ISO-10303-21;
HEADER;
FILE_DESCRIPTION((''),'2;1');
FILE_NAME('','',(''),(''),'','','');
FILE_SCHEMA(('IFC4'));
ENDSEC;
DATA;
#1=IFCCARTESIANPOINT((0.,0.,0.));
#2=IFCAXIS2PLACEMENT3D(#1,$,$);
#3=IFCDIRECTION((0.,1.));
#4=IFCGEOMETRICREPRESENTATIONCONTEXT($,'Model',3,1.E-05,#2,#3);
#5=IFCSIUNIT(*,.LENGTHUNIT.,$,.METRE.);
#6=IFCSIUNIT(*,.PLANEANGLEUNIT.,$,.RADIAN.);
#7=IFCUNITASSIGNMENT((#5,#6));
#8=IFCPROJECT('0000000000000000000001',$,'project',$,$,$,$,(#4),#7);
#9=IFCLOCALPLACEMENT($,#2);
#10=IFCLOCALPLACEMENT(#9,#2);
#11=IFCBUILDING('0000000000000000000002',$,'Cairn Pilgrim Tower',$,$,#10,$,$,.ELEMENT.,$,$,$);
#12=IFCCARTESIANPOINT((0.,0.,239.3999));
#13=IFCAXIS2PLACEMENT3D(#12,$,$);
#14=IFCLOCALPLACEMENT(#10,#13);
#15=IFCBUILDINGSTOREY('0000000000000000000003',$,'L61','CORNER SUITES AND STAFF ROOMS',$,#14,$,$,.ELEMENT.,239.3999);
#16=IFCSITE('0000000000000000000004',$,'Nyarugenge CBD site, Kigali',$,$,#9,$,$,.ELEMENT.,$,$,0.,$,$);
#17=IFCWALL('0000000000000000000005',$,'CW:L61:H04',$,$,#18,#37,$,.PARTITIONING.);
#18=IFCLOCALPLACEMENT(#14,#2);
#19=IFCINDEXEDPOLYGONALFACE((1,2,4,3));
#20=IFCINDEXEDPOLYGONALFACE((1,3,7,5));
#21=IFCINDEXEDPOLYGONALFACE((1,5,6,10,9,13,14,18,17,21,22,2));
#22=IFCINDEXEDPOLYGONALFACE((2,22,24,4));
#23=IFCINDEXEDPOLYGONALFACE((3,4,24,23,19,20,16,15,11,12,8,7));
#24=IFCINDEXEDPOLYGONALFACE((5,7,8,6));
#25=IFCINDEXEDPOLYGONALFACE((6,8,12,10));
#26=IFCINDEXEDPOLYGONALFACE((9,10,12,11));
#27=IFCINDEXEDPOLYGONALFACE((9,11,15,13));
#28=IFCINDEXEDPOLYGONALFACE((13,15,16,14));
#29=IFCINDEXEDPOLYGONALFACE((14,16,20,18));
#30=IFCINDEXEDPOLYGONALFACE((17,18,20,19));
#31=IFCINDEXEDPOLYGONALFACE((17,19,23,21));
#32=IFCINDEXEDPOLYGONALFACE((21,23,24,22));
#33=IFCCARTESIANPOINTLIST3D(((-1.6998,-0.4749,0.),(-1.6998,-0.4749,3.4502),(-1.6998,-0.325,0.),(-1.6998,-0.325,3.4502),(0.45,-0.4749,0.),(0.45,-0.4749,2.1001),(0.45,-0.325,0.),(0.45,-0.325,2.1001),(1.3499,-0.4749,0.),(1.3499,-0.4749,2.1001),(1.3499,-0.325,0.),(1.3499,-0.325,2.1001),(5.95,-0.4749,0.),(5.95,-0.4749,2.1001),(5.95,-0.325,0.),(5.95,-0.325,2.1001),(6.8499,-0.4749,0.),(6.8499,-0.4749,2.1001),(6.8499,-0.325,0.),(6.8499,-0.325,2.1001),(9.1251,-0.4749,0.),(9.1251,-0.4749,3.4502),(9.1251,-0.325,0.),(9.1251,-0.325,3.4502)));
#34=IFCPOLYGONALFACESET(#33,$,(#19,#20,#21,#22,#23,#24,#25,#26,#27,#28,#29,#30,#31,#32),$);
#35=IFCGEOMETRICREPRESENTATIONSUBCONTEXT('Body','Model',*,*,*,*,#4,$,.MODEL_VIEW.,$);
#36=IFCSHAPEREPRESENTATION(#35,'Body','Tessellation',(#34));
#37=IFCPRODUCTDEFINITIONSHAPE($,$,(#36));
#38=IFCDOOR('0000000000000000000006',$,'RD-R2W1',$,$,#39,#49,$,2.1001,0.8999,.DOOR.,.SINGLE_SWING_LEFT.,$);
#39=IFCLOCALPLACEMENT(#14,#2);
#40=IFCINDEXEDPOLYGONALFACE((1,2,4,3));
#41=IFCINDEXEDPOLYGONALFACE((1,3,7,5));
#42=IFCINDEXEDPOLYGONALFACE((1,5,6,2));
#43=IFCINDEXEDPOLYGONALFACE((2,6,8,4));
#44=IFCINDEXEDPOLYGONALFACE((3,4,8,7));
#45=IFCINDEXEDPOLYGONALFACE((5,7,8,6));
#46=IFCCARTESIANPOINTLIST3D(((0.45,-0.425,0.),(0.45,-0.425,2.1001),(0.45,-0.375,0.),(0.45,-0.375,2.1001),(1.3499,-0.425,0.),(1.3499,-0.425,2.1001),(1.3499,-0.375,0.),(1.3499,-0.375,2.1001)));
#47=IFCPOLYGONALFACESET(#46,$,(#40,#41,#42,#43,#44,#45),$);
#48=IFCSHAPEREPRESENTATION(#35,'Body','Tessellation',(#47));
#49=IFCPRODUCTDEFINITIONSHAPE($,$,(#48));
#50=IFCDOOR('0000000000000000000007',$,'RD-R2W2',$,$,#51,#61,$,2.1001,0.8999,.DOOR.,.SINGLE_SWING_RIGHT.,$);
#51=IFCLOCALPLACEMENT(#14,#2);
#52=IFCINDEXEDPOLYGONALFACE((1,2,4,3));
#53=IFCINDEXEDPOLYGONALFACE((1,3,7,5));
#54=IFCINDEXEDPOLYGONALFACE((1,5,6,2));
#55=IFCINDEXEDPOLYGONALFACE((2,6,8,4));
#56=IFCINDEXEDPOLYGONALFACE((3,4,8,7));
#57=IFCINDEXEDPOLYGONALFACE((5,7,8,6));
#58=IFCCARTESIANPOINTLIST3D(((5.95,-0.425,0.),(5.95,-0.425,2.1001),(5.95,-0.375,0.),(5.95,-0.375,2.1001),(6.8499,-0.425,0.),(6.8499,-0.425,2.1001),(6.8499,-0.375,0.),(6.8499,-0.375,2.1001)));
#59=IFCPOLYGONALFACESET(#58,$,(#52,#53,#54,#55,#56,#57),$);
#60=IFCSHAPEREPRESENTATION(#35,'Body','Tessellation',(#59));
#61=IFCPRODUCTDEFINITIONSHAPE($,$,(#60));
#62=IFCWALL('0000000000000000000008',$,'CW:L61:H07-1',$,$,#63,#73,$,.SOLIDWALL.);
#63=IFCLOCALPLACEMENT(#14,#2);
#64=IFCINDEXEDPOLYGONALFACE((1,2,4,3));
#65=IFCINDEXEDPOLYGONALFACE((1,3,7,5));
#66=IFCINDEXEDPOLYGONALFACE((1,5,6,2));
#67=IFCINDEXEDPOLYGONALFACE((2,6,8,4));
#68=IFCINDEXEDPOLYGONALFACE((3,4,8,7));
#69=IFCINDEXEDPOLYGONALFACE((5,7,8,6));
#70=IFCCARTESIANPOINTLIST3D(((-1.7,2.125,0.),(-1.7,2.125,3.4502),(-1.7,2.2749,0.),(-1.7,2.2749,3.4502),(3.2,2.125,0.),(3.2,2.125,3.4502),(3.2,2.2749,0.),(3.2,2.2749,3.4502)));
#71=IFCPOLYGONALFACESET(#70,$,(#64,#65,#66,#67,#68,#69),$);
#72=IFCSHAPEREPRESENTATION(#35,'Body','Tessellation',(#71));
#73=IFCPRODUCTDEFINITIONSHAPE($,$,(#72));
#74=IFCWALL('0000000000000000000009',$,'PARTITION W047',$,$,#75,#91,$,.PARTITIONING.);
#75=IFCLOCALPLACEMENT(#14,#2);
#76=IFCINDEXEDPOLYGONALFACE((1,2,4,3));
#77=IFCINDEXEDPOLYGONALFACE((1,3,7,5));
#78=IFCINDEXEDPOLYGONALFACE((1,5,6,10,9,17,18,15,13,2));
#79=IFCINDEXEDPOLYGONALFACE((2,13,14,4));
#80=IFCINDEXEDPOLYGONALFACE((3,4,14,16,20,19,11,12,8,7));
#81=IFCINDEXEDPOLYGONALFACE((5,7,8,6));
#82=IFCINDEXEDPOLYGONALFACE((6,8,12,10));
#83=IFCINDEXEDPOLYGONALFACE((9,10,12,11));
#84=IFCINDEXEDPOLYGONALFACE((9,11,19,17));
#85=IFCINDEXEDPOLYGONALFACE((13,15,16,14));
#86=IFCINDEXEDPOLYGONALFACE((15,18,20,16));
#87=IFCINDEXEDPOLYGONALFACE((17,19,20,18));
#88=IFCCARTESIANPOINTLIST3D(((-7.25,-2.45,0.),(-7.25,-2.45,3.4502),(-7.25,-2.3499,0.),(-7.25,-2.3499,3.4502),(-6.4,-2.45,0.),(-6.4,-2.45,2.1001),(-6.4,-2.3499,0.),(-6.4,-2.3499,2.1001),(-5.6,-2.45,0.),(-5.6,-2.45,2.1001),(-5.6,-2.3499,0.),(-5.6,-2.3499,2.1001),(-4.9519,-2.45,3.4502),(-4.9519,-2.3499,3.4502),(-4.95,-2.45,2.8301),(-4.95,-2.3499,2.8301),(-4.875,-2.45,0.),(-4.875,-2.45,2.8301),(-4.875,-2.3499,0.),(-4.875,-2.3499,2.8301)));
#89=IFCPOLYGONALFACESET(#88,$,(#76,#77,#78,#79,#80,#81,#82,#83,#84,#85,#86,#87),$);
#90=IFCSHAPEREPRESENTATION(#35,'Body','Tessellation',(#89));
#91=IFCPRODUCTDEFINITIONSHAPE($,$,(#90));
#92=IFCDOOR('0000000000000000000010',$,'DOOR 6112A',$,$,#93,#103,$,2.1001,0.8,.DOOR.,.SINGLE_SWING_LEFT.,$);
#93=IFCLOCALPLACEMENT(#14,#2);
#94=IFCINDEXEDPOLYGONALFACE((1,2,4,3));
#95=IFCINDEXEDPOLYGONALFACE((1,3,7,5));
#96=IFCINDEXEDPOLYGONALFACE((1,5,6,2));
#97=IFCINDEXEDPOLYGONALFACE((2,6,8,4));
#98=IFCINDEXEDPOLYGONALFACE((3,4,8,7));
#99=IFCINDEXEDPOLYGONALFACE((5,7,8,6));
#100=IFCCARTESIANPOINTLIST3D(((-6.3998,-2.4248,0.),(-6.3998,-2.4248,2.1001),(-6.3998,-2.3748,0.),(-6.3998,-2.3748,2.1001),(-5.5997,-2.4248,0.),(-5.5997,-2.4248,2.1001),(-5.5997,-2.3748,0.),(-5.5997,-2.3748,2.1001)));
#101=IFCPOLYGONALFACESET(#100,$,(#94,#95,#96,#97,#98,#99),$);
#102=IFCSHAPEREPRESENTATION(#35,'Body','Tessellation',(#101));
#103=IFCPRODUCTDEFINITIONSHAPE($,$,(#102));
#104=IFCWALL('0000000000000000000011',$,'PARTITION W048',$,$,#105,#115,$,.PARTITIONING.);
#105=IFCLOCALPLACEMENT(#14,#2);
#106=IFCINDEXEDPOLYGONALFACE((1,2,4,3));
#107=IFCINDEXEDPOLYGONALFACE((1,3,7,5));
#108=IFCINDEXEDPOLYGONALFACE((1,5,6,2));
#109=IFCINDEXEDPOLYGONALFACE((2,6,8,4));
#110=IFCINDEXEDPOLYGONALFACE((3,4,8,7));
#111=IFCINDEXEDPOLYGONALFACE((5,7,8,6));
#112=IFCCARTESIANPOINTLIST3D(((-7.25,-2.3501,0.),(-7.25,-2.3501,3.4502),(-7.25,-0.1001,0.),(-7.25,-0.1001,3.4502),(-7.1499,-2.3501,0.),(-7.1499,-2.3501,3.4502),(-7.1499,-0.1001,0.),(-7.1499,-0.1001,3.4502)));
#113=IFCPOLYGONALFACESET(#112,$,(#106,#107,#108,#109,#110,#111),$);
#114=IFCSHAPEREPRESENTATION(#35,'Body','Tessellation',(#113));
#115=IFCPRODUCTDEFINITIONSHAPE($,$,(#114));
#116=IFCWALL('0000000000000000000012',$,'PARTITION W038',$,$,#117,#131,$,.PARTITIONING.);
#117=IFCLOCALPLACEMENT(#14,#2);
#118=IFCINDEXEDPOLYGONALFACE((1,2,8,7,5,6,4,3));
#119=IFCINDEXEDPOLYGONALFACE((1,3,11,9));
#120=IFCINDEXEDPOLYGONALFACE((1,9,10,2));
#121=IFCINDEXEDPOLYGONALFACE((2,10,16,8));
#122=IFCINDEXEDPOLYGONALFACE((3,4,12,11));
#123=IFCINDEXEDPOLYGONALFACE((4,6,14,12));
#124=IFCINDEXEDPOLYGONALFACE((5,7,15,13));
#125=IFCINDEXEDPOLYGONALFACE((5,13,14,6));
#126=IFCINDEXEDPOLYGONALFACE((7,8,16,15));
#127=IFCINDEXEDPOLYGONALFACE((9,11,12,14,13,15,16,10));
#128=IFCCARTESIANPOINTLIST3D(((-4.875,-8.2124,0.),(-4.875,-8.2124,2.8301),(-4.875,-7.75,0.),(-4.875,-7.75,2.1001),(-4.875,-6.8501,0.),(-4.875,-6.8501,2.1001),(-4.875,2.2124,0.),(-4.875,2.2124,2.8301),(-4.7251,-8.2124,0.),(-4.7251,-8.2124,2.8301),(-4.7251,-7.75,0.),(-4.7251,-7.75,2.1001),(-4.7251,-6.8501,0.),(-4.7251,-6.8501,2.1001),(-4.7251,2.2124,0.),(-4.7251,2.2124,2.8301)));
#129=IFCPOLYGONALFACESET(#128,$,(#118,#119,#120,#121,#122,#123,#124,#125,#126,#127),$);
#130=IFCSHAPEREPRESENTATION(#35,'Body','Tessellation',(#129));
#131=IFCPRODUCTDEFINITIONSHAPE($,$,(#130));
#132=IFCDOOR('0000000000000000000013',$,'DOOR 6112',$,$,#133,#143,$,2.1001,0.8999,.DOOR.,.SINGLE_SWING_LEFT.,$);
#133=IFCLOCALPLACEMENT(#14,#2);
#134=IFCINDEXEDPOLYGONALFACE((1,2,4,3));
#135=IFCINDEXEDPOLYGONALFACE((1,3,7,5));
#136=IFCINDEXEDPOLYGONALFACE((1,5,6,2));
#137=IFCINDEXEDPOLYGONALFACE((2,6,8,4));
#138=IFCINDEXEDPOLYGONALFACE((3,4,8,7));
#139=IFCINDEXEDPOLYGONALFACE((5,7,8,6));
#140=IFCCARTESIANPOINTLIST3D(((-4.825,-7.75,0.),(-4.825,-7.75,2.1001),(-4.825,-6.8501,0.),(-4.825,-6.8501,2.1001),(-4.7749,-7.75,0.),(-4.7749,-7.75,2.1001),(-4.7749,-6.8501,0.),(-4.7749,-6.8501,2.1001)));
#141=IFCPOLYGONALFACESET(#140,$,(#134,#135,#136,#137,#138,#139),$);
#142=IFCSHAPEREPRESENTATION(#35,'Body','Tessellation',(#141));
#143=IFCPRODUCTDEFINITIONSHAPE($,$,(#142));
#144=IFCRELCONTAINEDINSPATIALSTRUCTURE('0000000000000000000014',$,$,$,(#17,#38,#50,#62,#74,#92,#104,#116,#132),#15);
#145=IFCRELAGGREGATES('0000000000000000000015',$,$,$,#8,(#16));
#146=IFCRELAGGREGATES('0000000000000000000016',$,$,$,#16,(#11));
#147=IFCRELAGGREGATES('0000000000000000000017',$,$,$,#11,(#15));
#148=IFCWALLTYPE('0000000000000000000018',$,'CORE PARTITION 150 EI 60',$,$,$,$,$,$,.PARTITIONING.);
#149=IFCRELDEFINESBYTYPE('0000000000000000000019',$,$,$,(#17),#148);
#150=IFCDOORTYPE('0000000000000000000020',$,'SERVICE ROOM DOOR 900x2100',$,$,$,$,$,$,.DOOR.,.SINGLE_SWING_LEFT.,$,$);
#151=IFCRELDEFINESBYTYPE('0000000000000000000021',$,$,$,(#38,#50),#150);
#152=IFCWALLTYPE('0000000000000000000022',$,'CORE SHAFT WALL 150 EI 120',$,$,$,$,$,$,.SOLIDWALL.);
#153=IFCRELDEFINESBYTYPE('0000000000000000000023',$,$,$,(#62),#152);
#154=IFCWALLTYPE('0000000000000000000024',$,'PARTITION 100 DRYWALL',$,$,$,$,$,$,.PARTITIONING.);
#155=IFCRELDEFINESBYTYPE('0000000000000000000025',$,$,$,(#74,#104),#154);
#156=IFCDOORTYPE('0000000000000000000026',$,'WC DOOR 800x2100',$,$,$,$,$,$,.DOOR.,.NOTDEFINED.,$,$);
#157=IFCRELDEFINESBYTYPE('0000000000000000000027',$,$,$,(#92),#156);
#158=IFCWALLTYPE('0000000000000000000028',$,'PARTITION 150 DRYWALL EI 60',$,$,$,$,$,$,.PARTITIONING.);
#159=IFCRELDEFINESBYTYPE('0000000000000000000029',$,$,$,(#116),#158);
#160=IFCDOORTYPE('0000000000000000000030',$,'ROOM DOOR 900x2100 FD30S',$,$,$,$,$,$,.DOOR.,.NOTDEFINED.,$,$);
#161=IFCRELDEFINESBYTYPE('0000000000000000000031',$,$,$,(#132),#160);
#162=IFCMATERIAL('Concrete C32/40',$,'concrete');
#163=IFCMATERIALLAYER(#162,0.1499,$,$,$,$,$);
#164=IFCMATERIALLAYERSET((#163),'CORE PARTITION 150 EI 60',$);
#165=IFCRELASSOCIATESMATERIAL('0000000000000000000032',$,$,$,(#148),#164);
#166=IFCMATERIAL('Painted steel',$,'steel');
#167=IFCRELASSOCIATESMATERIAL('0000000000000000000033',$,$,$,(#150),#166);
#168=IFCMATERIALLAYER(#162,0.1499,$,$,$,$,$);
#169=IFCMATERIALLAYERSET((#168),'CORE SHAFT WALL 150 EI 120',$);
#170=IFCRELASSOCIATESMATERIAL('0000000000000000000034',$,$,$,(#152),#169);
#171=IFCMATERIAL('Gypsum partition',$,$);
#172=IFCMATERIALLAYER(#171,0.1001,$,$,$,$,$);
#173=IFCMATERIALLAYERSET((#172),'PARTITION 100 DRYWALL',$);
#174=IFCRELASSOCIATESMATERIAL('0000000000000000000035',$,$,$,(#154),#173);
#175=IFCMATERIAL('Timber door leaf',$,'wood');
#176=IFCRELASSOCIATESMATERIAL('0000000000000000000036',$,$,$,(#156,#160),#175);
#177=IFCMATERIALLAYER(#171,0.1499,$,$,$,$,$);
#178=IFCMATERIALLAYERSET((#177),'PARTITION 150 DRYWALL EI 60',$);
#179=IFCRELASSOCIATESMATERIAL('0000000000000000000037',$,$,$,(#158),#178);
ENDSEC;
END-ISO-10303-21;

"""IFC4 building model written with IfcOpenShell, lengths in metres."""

from ifc_helpers import new_model, si_unit, direction, frame, frame_2d, origin, place, context, subcontext, project, spatial, polyline, rectangle, outline, extrude, material, layer, layer_set, type_object, element, fill, save


model = new_model("IFC4")

# Units and contexts
model_context = context("Model", 3, precision=1e-05, world=origin(), true_north=direction((0.0, 1.0)))
body_context = subcontext(model_context, "Body", "Model", "MODEL_VIEW")
ifc_project = project(units=[si_unit("LENGTHUNIT", "METRE"), si_unit("PLANEANGLEUNIT", "RADIAN")], contexts=[model_context])

# Site, building, storey
site_placement = place(None, origin())
site = spatial("IfcSite", under=ifc_project, at=site_placement, Name="Nyarugenge CBD site, Kigali", CompositionType="ELEMENT", RefElevation=0.0)
building_placement = place(site_placement, origin())
building = spatial("IfcBuilding", under=site, at=building_placement, Name="Cairn Pilgrim Tower", CompositionType="ELEMENT")
storey_placement = place(building_placement, frame((0.0, 0.0, 239.3999)))
storey = spatial("IfcBuildingStorey", under=building, at=storey_placement, Name="L61", Description="CORNER SUITES AND STAFF ROOMS", CompositionType="ELEMENT", Elevation=239.3999)

# Shared definitions
ifc_material_1 = material(Name="Concrete C32/40", Category="concrete")

# Wall, openings, doors
ifc_material_2 = material(Name="Painted steel", Category="steel")
ifc_layer_1 = layer(ifc_material_1, 0.1499)
ifc_layer_set_1 = layer_set([ifc_layer_1], Name="CORE PARTITION 150 EI 60")
wall_type_1 = type_object("IfcWallType", Name="CORE PARTITION 150 EI 60", PredefinedType="PARTITIONING", material=ifc_layer_set_1)
door_type_1 = type_object("IfcDoorType", Name="SERVICE ROOM DOOR 900x2100", OperationType="SINGLE_SWING_LEFT", PredefinedType="DOOR", material=ifc_material_2)
wall_1_placement = place(storey_placement, frame((-1.7, -0.3999, 0.0), z_axis=(0.0, 0.0, 1.0), x_axis=(1.0, 0.0, 0.0)))
wall_1 = element("IfcWall", 1, at=wall_1_placement, inside=storey, type_object=wall_type_1, Name="CW:L61:H04", PredefinedType="PARTITIONING", context=body_context, shape_type="SweptSolid", body=[
    extrude(rectangle(XDim=10.825, YDim=0.1499, at=frame_2d((5.4126, 0.0))), origin(), (0.0, 0.0, 1.0), 3.4502),
])
opening_1_placement = place(wall_1_placement, frame((2.1499, 0.0, 0.0)))
opening_1 = element("IfcOpeningElement", 2, at=opening_1_placement, cuts=wall_1, PredefinedType="OPENING", context=body_context, shape_type="SweptSolid", body=[
    extrude(rectangle(XDim=0.8999, YDim=2.1001, at=frame_2d((0.45, 1.05))), frame((0.0, 0.085, 0.0), z_axis=(0.0, -1.0, 0.0), x_axis=(1.0, 0.0, 0.0)), (0.0, 0.0, 1.0), 0.1699),
])
opening_2_placement = place(wall_1_placement, frame((7.6499, 0.0, 0.0)))
opening_2 = element("IfcOpeningElement", 3, at=opening_2_placement, cuts=wall_1, PredefinedType="OPENING", context=body_context, shape_type="SweptSolid", body=[
    extrude(rectangle(XDim=0.8999, YDim=2.1001, at=frame_2d((0.45, 1.05))), frame((0.0, 0.085, 0.0), z_axis=(0.0, -1.0, 0.0), x_axis=(1.0, 0.0, 0.0)), (0.0, 0.0, 1.0), 0.1699),
])
door_1_placement = place(opening_1_placement, origin())
door_1 = element("IfcDoor", 4, at=door_1_placement, inside=storey, type_object=door_type_1, Name="RD-R2W1", OperationType="SINGLE_SWING_LEFT", OverallHeight=2.1001, OverallWidth=0.8999, PredefinedType="DOOR", context=body_context, shape_type="SweptSolid", body=[
    extrude(rectangle(XDim=0.8999, YDim=2.1001, at=frame_2d((0.45, 1.05))), frame((0.0, 0.0249, 0.0), z_axis=(0.0, -1.0, 0.0), x_axis=(1.0, 0.0, 0.0)), (0.0, 0.0, 1.0), 0.05),
])
fill(opening_1, door_1)
door_2_placement = place(opening_2_placement, origin())
door_2 = element("IfcDoor", 5, at=door_2_placement, inside=storey, type_object=door_type_1, Name="RD-R2W2", OperationType="SINGLE_SWING_RIGHT", OverallHeight=2.1001, OverallWidth=0.8999, PredefinedType="DOOR", context=body_context, shape_type="SweptSolid", body=[
    extrude(rectangle(XDim=0.8999, YDim=2.1001, at=frame_2d((0.45, 1.05))), frame((0.0, 0.0249, 0.0), z_axis=(0.0, -1.0, 0.0), x_axis=(1.0, 0.0, 0.0)), (0.0, 0.0, 1.0), 0.05),
])
fill(opening_2, door_2)

# Wall
ifc_layer_2 = layer(ifc_material_1, 0.1499)
ifc_layer_set_2 = layer_set([ifc_layer_2], Name="CORE SHAFT WALL 150 EI 120")
wall_type_2 = type_object("IfcWallType", Name="CORE SHAFT WALL 150 EI 120", PredefinedType="SOLIDWALL", material=ifc_layer_set_2)
wall_2_placement = place(storey_placement, frame((-1.7, 2.2, 0.0), z_axis=(0.0, 0.0, 1.0), x_axis=(1.0, 0.0, 0.0)))
element("IfcWall", 6, at=wall_2_placement, inside=storey, type_object=wall_type_2, Name="CW:L61:H07-1", PredefinedType="SOLIDWALL", context=body_context, shape_type="SweptSolid", body=[
    extrude(rectangle(XDim=4.8999, YDim=0.1499, at=frame_2d((2.45, 0.0))), origin(), (0.0, 0.0, 1.0), 3.4502),
])

# Wall, opening, door
ifc_material_3 = material(Name="Gypsum partition")
ifc_layer_3 = layer(ifc_material_3, 0.1001)
ifc_layer_set_3 = layer_set([ifc_layer_3], Name="PARTITION 100 DRYWALL")
wall_type_3 = type_object("IfcWallType", Name="PARTITION 100 DRYWALL", PredefinedType="PARTITIONING", material=ifc_layer_set_3)
wall_3_placement = place(storey_placement, frame((-7.25, -2.3999, 0.0), z_axis=(0.0, 0.0, 1.0), x_axis=(1.0, 0.0, 0.0)))
wall_3 = element("IfcWall", 7, at=wall_3_placement, inside=storey, type_object=wall_type_3, Name="PARTITION W047", PredefinedType="PARTITIONING", context=body_context, shape_type="SweptSolid", body=[
    extrude(outline(polyline([(0.0, 0.0), (2.375, 0.0), (2.375, 2.8301), (2.3, 2.8301), (2.2981, 3.4502), (0.0, 3.4502), (0.0, 0.0)])), frame((0.0, 0.05, 0.0), z_axis=(0.0, -1.0, 0.0), x_axis=(1.0, 0.0, 0.0)), (0.0, 0.0, 1.0), 0.1001),
])
opening_3_placement = place(wall_3_placement, frame((0.8501, 0.0, 0.0)))
opening_3 = element("IfcOpeningElement", 8, at=opening_3_placement, cuts=wall_3, PredefinedType="OPENING", context=body_context, shape_type="SweptSolid", body=[
    extrude(rectangle(XDim=0.8, YDim=2.1001, at=frame_2d((0.3999, 1.05))), frame((0.0, 0.0601, 0.0), z_axis=(0.0, -1.0, 0.0), x_axis=(1.0, 0.0, 0.0)), (0.0, 0.0, 1.0), 0.1201),
])
ifc_material_4 = material(Name="Timber door leaf", Category="wood")
door_type_2 = type_object("IfcDoorType", Name="WC DOOR 800x2100", OperationType="NOTDEFINED", PredefinedType="DOOR", material=ifc_material_4)
door_3_placement = place(opening_3_placement, frame((0.8, 0.0, 0.0), z_axis=(0.0, 0.0, 1.0), x_axis=(-1.0, 0.0, 0.0)))
door_3 = element("IfcDoor", 9, at=door_3_placement, inside=storey, type_object=door_type_2, Name="DOOR 6112A", OperationType="SINGLE_SWING_LEFT", OverallHeight=2.1001, OverallWidth=0.8, PredefinedType="DOOR", context=body_context, shape_type="SweptSolid", body=[
    extrude(rectangle(XDim=0.8, YDim=2.1001, at=frame_2d((0.3999, 1.05))), frame((0.0, 0.0249, 0.0), z_axis=(0.0, -1.0, 0.0), x_axis=(1.0, 0.0, 0.0)), (0.0, 0.0, 1.0), 0.05),
])
fill(opening_3, door_3)

# Wall
wall_4_placement = place(storey_placement, frame((-7.2, -2.3501, 0.0), z_axis=(0.0, 0.0, 1.0), x_axis=(0.0, 1.0, 0.0)))
element("IfcWall", 10, at=wall_4_placement, inside=storey, type_object=wall_type_3, Name="PARTITION W048", PredefinedType="PARTITIONING", context=body_context, shape_type="SweptSolid", body=[
    extrude(rectangle(XDim=2.25, YDim=0.1001, at=frame_2d((1.125, 0.0))), origin(), (0.0, 0.0, 1.0), 3.4502),
])

# Wall, opening, door
ifc_layer_4 = layer(ifc_material_3, 0.1499)
ifc_layer_set_4 = layer_set([ifc_layer_4], Name="PARTITION 150 DRYWALL EI 60")
wall_type_4 = type_object("IfcWallType", Name="PARTITION 150 DRYWALL EI 60", PredefinedType="PARTITIONING", material=ifc_layer_set_4)
wall_5_placement = place(storey_placement, frame((-4.8, -8.2124, 0.0), z_axis=(0.0, 0.0, 1.0), x_axis=(0.0, 1.0, 0.0)))
wall_5 = element("IfcWall", 11, at=wall_5_placement, inside=storey, type_object=wall_type_4, Name="PARTITION W038", PredefinedType="PARTITIONING", context=body_context, shape_type="SweptSolid", body=[
    extrude(rectangle(XDim=10.4248, YDim=0.1499, at=frame_2d((5.2124, 0.0))), origin(), (0.0, 0.0, 1.0), 2.8301),
])
opening_4_placement = place(wall_5_placement, frame((0.4624, 0.0, 0.0)))
opening_4 = element("IfcOpeningElement", 12, at=opening_4_placement, cuts=wall_5, PredefinedType="OPENING", context=body_context, shape_type="SweptSolid", body=[
    extrude(rectangle(XDim=0.8999, YDim=2.1001, at=frame_2d((0.45, 1.05))), frame((0.0, 0.085, 0.0), z_axis=(0.0, -1.0, 0.0), x_axis=(1.0, 0.0, 0.0)), (0.0, 0.0, 1.0), 0.1699),
])
door_type_3 = type_object("IfcDoorType", Name="ROOM DOOR 900x2100 FD30S", OperationType="NOTDEFINED", PredefinedType="DOOR", material=ifc_material_4)
door_4_placement = place(opening_4_placement, origin())
door_4 = element("IfcDoor", 13, at=door_4_placement, inside=storey, type_object=door_type_3, Name="DOOR 6112", OperationType="SINGLE_SWING_LEFT", OverallHeight=2.1001, OverallWidth=0.8999, PredefinedType="DOOR", context=body_context, shape_type="SweptSolid", body=[
    extrude(rectangle(XDim=0.8999, YDim=2.1001, at=frame_2d((0.45, 1.05))), frame((0.0, 0.0249, 0.0), z_axis=(0.0, -1.0, 0.0), x_axis=(1.0, 0.0, 0.0)), (0.0, 0.0, 1.0), 0.05),
])
fill(opening_4, door_4)

save(model, "model.ifc")
